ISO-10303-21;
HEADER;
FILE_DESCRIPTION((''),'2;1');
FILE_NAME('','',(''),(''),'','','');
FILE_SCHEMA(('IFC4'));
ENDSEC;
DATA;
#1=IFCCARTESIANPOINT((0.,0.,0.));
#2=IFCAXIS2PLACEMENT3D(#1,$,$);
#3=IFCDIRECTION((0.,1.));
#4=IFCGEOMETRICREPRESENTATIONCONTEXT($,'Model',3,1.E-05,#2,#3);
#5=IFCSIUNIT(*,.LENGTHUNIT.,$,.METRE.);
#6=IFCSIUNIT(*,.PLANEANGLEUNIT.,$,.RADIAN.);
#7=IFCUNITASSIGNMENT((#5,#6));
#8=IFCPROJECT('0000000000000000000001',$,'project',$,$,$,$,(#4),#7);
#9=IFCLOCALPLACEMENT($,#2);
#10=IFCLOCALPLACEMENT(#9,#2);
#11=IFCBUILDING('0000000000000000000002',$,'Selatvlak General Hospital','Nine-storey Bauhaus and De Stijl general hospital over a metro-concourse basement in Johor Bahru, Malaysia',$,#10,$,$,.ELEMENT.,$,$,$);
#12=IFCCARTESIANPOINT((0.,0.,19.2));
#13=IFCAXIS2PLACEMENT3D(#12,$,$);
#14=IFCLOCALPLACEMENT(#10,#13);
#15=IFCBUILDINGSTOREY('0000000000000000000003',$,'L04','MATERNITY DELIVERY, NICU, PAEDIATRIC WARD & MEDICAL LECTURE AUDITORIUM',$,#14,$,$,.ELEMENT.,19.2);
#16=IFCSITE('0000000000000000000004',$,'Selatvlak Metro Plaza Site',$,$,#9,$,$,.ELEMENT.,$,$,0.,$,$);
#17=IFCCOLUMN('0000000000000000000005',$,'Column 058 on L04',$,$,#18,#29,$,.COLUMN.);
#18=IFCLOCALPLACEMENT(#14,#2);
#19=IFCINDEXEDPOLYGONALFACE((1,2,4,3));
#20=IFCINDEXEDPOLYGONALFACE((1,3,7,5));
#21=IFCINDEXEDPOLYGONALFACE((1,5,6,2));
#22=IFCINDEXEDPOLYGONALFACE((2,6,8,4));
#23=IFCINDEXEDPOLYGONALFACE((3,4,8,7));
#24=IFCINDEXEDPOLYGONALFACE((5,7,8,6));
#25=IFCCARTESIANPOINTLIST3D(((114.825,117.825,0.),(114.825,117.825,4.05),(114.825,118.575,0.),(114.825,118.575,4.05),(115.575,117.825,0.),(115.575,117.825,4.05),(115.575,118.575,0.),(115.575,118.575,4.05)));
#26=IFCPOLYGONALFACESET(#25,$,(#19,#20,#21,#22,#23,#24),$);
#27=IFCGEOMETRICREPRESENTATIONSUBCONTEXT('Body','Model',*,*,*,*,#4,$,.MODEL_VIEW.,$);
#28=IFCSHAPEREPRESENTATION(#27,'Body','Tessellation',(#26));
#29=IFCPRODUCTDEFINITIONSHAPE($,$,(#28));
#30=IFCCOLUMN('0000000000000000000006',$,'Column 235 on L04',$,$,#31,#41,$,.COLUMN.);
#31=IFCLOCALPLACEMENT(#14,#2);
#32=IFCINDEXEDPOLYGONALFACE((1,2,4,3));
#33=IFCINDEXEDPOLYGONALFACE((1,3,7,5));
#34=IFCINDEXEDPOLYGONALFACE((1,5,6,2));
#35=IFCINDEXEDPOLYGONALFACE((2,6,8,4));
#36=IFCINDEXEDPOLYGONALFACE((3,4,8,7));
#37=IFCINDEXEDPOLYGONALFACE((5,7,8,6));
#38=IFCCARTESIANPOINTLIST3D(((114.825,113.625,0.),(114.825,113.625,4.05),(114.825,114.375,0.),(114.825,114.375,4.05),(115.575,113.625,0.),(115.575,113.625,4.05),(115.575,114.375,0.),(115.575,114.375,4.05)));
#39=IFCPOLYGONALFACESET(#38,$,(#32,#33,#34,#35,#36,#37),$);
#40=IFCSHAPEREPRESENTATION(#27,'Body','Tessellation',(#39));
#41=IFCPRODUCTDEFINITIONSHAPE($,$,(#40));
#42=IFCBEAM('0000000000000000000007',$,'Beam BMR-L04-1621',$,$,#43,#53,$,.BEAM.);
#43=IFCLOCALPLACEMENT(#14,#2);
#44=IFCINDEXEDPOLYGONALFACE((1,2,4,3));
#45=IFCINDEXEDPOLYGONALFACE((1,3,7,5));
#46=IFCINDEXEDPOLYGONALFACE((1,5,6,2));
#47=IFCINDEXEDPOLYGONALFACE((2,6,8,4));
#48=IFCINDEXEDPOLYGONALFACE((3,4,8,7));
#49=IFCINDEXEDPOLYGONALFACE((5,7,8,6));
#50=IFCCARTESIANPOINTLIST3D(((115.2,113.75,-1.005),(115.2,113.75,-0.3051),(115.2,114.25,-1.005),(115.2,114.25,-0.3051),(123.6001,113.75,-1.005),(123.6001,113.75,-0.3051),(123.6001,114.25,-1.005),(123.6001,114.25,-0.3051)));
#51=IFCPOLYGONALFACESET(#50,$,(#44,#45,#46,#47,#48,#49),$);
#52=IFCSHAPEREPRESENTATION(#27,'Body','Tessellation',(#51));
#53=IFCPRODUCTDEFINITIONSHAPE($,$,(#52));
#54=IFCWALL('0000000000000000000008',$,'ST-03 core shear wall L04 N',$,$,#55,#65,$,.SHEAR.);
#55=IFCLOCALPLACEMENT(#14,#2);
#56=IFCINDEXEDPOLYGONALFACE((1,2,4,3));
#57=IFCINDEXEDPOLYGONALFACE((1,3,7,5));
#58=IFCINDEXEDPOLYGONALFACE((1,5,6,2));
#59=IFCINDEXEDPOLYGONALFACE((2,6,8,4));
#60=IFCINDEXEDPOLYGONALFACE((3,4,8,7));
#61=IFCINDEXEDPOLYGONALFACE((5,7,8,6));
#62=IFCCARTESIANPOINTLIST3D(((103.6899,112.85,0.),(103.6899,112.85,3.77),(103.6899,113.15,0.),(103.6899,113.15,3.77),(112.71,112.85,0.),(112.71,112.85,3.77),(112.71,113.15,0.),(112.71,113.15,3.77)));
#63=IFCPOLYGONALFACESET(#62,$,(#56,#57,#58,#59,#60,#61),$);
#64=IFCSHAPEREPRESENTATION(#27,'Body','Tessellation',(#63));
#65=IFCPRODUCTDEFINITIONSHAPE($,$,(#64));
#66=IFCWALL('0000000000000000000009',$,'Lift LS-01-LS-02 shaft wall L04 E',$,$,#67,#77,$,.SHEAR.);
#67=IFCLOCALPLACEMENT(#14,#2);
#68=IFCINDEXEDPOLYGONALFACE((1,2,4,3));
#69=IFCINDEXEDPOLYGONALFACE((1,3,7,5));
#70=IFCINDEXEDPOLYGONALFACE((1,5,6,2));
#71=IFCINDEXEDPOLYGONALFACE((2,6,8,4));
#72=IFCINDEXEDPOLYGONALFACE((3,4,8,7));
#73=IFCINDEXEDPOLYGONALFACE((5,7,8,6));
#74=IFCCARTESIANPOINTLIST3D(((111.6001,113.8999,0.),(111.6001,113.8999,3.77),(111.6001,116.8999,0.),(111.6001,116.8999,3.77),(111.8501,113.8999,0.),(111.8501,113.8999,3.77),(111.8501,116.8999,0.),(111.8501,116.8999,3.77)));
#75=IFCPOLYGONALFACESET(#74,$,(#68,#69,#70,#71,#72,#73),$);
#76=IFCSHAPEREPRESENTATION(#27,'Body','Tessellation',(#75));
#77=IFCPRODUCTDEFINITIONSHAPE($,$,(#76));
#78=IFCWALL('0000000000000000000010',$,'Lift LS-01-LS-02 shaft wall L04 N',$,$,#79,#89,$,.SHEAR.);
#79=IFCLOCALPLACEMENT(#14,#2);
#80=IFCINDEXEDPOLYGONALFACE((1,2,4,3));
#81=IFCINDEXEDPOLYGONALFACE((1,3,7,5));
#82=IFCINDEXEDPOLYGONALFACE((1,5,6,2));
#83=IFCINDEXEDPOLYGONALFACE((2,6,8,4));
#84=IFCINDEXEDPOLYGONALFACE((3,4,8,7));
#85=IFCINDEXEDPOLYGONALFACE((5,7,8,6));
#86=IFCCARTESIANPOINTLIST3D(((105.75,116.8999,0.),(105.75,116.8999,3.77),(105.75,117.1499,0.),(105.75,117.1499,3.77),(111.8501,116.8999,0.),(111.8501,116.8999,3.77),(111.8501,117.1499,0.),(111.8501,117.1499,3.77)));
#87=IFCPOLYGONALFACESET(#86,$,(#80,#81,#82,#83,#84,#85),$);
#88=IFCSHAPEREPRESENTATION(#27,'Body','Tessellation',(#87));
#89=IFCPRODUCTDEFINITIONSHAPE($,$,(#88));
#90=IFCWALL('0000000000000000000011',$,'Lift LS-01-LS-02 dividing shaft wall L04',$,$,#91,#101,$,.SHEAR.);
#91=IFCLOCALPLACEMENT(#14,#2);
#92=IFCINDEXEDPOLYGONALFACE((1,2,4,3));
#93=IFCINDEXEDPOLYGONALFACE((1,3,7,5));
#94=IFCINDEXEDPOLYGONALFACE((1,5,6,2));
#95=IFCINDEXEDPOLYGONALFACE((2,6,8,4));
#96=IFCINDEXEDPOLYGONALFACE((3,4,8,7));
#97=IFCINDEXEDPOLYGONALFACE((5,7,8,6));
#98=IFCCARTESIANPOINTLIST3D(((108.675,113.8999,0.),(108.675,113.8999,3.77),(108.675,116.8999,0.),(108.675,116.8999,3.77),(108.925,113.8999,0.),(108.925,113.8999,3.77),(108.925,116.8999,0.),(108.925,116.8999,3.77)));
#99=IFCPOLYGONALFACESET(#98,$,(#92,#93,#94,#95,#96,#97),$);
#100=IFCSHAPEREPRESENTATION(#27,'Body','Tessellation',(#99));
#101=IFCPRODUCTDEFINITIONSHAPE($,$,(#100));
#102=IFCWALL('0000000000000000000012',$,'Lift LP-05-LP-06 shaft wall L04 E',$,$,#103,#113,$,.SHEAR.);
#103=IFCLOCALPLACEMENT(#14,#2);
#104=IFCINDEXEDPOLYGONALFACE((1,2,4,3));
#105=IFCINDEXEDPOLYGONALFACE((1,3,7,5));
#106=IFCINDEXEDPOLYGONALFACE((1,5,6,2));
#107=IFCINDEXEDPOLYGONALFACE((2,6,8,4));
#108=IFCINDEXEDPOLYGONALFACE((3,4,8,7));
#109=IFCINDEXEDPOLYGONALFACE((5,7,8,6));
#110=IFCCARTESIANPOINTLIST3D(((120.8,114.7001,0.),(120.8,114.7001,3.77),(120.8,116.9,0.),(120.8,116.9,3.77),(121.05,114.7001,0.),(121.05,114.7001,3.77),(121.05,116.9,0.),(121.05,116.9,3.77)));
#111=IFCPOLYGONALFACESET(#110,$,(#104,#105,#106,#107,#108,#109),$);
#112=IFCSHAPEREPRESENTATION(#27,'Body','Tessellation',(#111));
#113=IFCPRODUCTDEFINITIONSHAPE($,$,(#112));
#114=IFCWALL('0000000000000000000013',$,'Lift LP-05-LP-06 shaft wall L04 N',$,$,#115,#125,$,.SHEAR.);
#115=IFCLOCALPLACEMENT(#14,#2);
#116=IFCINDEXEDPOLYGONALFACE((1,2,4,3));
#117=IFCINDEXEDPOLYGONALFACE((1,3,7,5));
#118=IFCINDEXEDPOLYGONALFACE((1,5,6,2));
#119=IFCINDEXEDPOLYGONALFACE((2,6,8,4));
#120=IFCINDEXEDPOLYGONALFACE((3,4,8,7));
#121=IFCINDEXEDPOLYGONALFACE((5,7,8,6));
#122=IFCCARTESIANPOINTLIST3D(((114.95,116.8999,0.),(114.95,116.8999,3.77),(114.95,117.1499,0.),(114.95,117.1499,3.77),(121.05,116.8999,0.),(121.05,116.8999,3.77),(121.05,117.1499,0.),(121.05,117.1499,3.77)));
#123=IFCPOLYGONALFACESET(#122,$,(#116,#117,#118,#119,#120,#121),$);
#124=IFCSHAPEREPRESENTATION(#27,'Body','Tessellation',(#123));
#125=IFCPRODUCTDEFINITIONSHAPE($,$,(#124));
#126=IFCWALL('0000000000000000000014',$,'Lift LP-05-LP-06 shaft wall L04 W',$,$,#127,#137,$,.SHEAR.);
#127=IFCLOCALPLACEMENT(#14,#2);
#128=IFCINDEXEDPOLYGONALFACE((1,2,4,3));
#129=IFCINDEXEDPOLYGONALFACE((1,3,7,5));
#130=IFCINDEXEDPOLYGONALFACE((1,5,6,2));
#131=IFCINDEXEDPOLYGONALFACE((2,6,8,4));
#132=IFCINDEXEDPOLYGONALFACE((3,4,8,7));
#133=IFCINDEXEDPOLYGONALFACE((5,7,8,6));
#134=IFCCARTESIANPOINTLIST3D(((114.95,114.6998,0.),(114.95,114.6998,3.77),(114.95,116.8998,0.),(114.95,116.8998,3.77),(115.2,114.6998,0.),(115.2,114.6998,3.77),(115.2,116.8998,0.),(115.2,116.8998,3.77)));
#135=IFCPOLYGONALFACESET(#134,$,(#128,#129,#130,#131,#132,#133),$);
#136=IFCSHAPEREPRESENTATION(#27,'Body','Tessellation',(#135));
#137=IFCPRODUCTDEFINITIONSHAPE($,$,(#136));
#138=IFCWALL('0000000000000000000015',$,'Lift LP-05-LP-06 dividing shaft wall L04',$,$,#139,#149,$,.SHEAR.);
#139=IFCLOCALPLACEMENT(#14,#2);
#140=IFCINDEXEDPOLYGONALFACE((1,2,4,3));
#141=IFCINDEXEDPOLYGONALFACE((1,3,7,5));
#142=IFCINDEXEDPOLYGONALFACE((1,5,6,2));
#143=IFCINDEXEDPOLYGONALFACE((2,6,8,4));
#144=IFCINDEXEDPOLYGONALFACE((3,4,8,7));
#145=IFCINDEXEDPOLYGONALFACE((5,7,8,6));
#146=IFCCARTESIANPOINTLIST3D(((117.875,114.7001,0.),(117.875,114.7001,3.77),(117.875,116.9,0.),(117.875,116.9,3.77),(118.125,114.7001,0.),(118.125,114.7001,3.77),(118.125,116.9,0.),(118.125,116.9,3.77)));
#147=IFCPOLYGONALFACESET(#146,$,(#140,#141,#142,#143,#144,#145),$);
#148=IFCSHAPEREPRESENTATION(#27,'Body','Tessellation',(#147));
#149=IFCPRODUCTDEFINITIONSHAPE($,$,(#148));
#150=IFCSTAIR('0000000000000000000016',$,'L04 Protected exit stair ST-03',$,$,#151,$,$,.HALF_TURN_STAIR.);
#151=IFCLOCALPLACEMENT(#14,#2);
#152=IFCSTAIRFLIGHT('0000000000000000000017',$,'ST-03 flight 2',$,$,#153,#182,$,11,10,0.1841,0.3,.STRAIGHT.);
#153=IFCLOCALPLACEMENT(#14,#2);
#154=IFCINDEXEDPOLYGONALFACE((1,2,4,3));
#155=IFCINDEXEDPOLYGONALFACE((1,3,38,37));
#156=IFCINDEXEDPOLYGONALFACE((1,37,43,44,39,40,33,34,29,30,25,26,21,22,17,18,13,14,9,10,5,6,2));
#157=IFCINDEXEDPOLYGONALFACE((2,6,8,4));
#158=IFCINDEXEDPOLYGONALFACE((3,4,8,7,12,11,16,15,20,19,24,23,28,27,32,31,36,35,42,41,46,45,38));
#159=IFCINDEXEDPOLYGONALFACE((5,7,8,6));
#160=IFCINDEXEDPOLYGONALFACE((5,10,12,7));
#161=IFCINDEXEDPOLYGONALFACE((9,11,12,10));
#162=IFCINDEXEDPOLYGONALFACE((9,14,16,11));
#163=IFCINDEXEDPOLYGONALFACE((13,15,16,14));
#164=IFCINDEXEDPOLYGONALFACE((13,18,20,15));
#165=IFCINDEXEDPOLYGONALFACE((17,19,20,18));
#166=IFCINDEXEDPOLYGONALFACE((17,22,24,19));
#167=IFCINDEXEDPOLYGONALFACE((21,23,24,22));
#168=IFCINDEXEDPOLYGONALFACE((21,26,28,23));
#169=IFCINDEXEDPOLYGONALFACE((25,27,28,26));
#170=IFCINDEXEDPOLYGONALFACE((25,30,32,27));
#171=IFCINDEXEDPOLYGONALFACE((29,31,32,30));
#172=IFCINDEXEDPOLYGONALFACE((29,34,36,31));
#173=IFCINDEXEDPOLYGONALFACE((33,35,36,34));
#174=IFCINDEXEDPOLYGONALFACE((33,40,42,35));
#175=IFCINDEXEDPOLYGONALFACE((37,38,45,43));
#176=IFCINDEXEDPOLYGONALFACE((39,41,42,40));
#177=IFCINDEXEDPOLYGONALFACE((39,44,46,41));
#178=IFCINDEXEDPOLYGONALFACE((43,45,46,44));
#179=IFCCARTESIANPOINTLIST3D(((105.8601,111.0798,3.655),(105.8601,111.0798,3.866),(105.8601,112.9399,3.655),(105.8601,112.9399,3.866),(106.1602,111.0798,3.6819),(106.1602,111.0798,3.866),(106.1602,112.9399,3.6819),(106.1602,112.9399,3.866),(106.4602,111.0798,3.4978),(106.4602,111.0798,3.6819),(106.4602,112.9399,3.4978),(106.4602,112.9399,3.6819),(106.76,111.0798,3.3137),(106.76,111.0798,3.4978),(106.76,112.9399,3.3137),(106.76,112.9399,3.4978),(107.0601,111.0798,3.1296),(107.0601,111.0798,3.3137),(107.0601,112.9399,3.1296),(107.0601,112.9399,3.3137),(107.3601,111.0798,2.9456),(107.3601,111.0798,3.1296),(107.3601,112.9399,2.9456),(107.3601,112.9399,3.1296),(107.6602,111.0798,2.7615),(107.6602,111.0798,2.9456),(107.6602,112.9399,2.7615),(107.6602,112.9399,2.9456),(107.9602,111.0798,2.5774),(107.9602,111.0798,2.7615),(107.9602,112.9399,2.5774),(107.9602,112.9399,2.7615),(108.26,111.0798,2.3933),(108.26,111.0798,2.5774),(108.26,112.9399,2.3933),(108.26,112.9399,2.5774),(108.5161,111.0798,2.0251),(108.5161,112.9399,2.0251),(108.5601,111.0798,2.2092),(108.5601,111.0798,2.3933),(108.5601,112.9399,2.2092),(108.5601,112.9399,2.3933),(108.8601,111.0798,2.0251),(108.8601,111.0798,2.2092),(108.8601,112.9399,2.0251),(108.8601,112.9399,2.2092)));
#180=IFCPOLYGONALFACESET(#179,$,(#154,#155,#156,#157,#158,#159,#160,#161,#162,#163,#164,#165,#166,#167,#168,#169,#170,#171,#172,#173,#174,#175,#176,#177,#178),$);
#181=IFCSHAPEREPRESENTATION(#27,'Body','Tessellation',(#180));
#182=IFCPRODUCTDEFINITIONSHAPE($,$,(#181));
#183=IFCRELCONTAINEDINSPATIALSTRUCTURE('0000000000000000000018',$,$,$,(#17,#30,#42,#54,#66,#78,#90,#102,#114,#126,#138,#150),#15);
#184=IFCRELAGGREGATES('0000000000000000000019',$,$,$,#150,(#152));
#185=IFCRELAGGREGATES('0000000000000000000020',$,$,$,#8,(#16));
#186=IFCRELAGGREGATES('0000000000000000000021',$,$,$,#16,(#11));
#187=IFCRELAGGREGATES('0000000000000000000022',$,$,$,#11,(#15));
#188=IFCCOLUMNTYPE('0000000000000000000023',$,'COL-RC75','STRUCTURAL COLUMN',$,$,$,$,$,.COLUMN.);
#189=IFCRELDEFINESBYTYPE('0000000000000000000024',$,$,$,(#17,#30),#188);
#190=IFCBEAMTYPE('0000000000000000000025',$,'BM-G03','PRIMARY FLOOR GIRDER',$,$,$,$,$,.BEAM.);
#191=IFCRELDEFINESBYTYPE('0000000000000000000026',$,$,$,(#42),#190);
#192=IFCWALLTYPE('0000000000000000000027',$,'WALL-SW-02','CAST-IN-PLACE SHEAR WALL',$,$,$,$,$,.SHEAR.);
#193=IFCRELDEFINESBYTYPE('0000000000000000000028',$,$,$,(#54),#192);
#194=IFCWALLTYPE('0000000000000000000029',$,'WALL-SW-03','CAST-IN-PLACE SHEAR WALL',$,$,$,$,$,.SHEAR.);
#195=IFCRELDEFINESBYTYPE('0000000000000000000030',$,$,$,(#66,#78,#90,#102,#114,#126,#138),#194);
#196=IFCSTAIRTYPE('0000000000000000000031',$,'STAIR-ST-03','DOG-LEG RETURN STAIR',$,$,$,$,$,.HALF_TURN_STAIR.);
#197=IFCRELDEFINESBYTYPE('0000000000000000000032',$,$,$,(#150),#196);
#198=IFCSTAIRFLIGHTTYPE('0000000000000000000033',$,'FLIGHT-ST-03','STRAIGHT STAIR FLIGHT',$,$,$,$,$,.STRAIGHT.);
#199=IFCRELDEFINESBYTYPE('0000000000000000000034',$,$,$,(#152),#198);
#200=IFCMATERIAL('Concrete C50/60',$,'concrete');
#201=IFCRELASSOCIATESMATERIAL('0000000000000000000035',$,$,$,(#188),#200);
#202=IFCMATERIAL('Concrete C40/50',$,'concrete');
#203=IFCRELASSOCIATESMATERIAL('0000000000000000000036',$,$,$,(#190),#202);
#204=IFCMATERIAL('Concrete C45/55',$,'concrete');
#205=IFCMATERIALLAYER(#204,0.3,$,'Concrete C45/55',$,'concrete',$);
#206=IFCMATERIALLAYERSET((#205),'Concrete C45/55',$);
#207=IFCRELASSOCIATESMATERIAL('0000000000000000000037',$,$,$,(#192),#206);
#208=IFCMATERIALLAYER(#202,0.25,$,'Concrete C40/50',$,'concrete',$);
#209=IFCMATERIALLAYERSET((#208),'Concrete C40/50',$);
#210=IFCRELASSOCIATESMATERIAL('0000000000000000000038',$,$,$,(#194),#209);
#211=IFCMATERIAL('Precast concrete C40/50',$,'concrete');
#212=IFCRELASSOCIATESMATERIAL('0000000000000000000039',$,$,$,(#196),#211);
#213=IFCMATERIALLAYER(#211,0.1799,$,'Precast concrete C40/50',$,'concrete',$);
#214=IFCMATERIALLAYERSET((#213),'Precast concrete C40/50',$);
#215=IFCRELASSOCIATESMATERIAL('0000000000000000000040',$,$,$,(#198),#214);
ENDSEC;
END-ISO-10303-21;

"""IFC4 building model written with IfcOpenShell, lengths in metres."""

from ifc_helpers import new_model, si_unit, direction, frame, frame_2d, origin, origin_2d, place, context, subcontext, project, spatial, polyline, rectangle, outline, extrude, material, layer, layer_set, material_profile, profile_set, type_object, element, aggregate, save


model = new_model("IFC4")

# Units and contexts
model_context = context("Model", 3, precision=1e-05, world=origin(), true_north=direction((0.0, 1.0)))
body_context = subcontext(model_context, "Body", "Model", "MODEL_VIEW")
ifc_project = project(units=[si_unit("LENGTHUNIT", "METRE"), si_unit("PLANEANGLEUNIT", "RADIAN")], contexts=[model_context])

# Site, building, storey
site_placement = place(None, origin())
site = spatial("IfcSite", under=ifc_project, at=site_placement, Name="Selatvlak Metro Plaza Site", CompositionType="ELEMENT", RefElevation=0.0)
building_placement = place(site_placement, origin())
building = spatial("IfcBuilding", under=site, at=building_placement, Name="Selatvlak General Hospital", Description="Nine-storey Bauhaus and De Stijl general hospital over a metro-concourse basement in Johor Bahru, Malaysia", CompositionType="ELEMENT")
storey_placement = place(building_placement, frame((0.0, 0.0, 19.2)))
storey = spatial("IfcBuildingStorey", under=building, at=storey_placement, Name="L04", Description="MATERNITY DELIVERY, NICU, PAEDIATRIC WARD & MEDICAL LECTURE AUDITORIUM", CompositionType="ELEMENT", Elevation=19.2)

# Columns
ifc_material_1 = material(Name="Concrete C50/60", Category="concrete")
ifc_material_profile_1 = material_profile(ifc_material_1, rectangle(XDim=0.75, YDim=0.75, at=origin_2d()), Name="RC-COL 750x750")
ifc_profile_set_1 = profile_set([ifc_material_profile_1], Name="Concrete C50/60")
column_type = type_object("IfcColumnType", Name="COL-RC75", Description="STRUCTURAL COLUMN", PredefinedType="COLUMN", material=ifc_profile_set_1)
for number, where, z_axis, x_axis, name in (
    (1, (115.2, 118.2, 0.0), (0.0, 0.0, 1.0), (1.0, 0.0, 0.0), "Column 058 on L04"),
    (2, (115.2, 114.0, 0.0), (0.0, 0.0, 1.0), (1.0, 0.0, 0.0), "Column 235 on L04"),
):
    element("IfcColumn", number, at=place(storey_placement, frame(where, z_axis=z_axis, x_axis=x_axis)), inside=storey, type_object=column_type, Name=name, PredefinedType="COLUMN", context=body_context, shape_type="SweptSolid", body=[
        extrude(rectangle(XDim=0.75, YDim=0.75, at=origin_2d()), origin(), (0.0, 0.0, 1.0), 4.05),
    ])

# Beam
ifc_material_2 = material(Name="Concrete C40/50", Category="concrete")
ifc_material_profile_2 = material_profile(ifc_material_2, rectangle(XDim=0.5, YDim=0.7, at=origin_2d()), Name="RC-BM 500x700")
ifc_profile_set_2 = profile_set([ifc_material_profile_2], Name="Concrete C40/50")
beam_type = type_object("IfcBeamType", Name="BM-G03", Description="PRIMARY FLOOR GIRDER", PredefinedType="BEAM", material=ifc_profile_set_2)
beam_placement = place(storey_placement, frame((115.2, 114.0, -0.655), z_axis=(1.0, 0.0, 0.0), x_axis=(0.0, 1.0, 0.0)))
element("IfcBeam", 3, at=beam_placement, inside=storey, type_object=beam_type, Name="Beam BMR-L04-1621", PredefinedType="BEAM", context=body_context, shape_type="SweptSolid", body=[
    extrude(rectangle(XDim=0.5, YDim=0.7, at=origin_2d()), origin(), (0.0, 0.0, 1.0), 8.4001),
])

# Walls
ifc_material_3 = material(Name="Concrete C45/55", Category="concrete")
ifc_layer_1 = layer(ifc_material_3, 0.3, Name="Concrete C45/55", Category="concrete")
ifc_layer_set_1 = layer_set([ifc_layer_1], Name="Concrete C45/55")
wall_type_1 = type_object("IfcWallType", Name="WALL-SW-02", Description="CAST-IN-PLACE SHEAR WALL", PredefinedType="SHEAR", material=ifc_layer_set_1)
wall_1_placement = place(storey_placement, frame((112.71, 113.0, 0.0), z_axis=(0.0, 0.0, 1.0), x_axis=(-1.0, 0.0, 0.0)))
element("IfcWall", 4, at=wall_1_placement, inside=storey, type_object=wall_type_1, Name="ST-03 core shear wall L04 N", PredefinedType="SHEAR", context=body_context, shape_type="SweptSolid", body=[
    extrude(rectangle(XDim=9.02, YDim=0.3, at=frame_2d((4.51, 0.0))), origin(), (0.0, 0.0, 1.0), 3.77),
])
ifc_layer_2 = layer(ifc_material_2, 0.25, Name="Concrete C40/50", Category="concrete")
ifc_layer_set_2 = layer_set([ifc_layer_2], Name="Concrete C40/50")
wall_type_2 = type_object("IfcWallType", Name="WALL-SW-03", Description="CAST-IN-PLACE SHEAR WALL", PredefinedType="SHEAR", material=ifc_layer_set_2)
wall_2_placement = place(storey_placement, frame((111.7251, 113.8999, 0.0), z_axis=(0.0, 0.0, 1.0), x_axis=(0.0, 1.0, 0.0)))
element("IfcWall", 5, at=wall_2_placement, inside=storey, type_object=wall_type_2, Name="Lift LS-01-LS-02 shaft wall L04 E", PredefinedType="SHEAR", context=body_context, shape_type="SweptSolid", body=[
    extrude(rectangle(XDim=3.0, YDim=0.25, at=frame_2d((1.5, 0.0))), origin(), (0.0, 0.0, 1.0), 3.77),
])
wall_3_placement = place(storey_placement, frame((111.8501, 117.0249, 0.0), z_axis=(0.0, 0.0, 1.0), x_axis=(-1.0, 0.0, 0.0)))
element("IfcWall", 6, at=wall_3_placement, inside=storey, type_object=wall_type_2, Name="Lift LS-01-LS-02 shaft wall L04 N", PredefinedType="SHEAR", context=body_context, shape_type="SweptSolid", body=[
    extrude(rectangle(XDim=6.1001, YDim=0.25, at=frame_2d((3.05, 0.0))), origin(), (0.0, 0.0, 1.0), 3.77),
])
wall_4_placement = place(storey_placement, frame((108.8, 113.8999, 0.0), z_axis=(0.0, 0.0, 1.0), x_axis=(0.0, 1.0, 0.0)))
element("IfcWall", 7, at=wall_4_placement, inside=storey, type_object=wall_type_2, Name="Lift LS-01-LS-02 dividing shaft wall L04", PredefinedType="SHEAR", context=body_context, shape_type="SweptSolid", body=[
    extrude(rectangle(XDim=3.0, YDim=0.25, at=frame_2d((1.5, 0.0))), origin(), (0.0, 0.0, 1.0), 3.77),
])

# Walls
wall_5_placement = place(storey_placement, frame((120.925, 114.7, 0.0), z_axis=(0.0, 0.0, 1.0), x_axis=(0.0, 1.0, 0.0)))
element("IfcWall", 8, at=wall_5_placement, inside=storey, type_object=wall_type_2, Name="Lift LP-05-LP-06 shaft wall L04 E", PredefinedType="SHEAR", context=body_context, shape_type="SweptSolid", body=[
    extrude(rectangle(XDim=2.2, YDim=0.25, at=frame_2d((1.1001, 0.0))), origin(), (0.0, 0.0, 1.0), 3.77),
])
wall_6_placement = place(storey_placement, frame((121.05, 117.0249, 0.0), z_axis=(0.0, 0.0, 1.0), x_axis=(-1.0, 0.0, 0.0)))
element("IfcWall", 9, at=wall_6_placement, inside=storey, type_object=wall_type_2, Name="Lift LP-05-LP-06 shaft wall L04 N", PredefinedType="SHEAR", context=body_context, shape_type="SweptSolid", body=[
    extrude(rectangle(XDim=6.1001, YDim=0.25, at=frame_2d((3.05, 0.0))), origin(), (0.0, 0.0, 1.0), 3.77),
])
for number, where, z_axis, x_axis, name in (
    (10, (115.075, 116.8999, 0.0), (0.0, 0.0, 1.0), (0.0, -1.0, 0.0), "Lift LP-05-LP-06 shaft wall L04 W"),
    (11, (118.0, 114.7, 0.0), (0.0, 0.0, 1.0), (0.0, 1.0, 0.0), "Lift LP-05-LP-06 dividing shaft wall L04"),
):
    element("IfcWall", number, at=place(storey_placement, frame(where, z_axis=z_axis, x_axis=x_axis)), inside=storey, type_object=wall_type_2, Name=name, PredefinedType="SHEAR", context=body_context, shape_type="SweptSolid", body=[
        extrude(rectangle(XDim=2.2, YDim=0.25, at=frame_2d((1.1001, 0.0))), origin(), (0.0, 0.0, 1.0), 3.77),
    ])

# Stair, stair flight
ifc_material_4 = material(Name="Precast concrete C40/50", Category="concrete")
stair_type = type_object("IfcStairType", Name="STAIR-ST-03", Description="DOG-LEG RETURN STAIR", PredefinedType="HALF_TURN_STAIR", material=ifc_material_4)
stair_placement = place(storey_placement, origin())
stair = element("IfcStair", 12, at=stair_placement, inside=storey, type_object=stair_type, Name="L04 Protected exit stair ST-03", PredefinedType="HALF_TURN_STAIR")
ifc_layer_3 = layer(ifc_material_4, 0.1799, Name="Precast concrete C40/50", Category="concrete")
ifc_layer_set_3 = layer_set([ifc_layer_3], Name="Precast concrete C40/50")
stair_flight_type = type_object("IfcStairFlightType", Name="FLIGHT-ST-03", Description="STRAIGHT STAIR FLIGHT", PredefinedType="STRAIGHT", material=ifc_layer_set_3)
stair_flight_placement = place(storey_placement, frame((108.8601, 112.01, 2.0251), z_axis=(0.0, 0.0, 1.0), x_axis=(-1.0, 0.0, 0.0)))
stair_flight = element("IfcStairFlight", 13, at=stair_flight_placement, type_object=stair_flight_type, Name="ST-03 flight 2", NumberOfRisers=11, NumberOfTreads=10, PredefinedType="STRAIGHT", RiserHeight=0.1841, TreadLength=0.3, context=body_context, shape_type="SweptSolid", body=[
    extrude(outline(polyline([(0.0, 0.0), (0.0, 0.1841), (0.3, 0.1841), (0.3, 0.3682), (0.6001, 0.3682), (0.6001, 0.5522), (0.8999, 0.5522), (0.8999, 0.7363), (1.2, 0.7363), (1.2, 0.9204), (1.5, 0.9204), (1.5, 1.1045), (1.8, 1.1045), (1.8, 1.2886), (2.1001, 1.2886), (2.1001, 1.4727), (2.3999, 1.4727), (2.3999, 1.6567), (2.7, 1.6567), (2.7, 1.8408), (3.0, 1.8408), (3.0, 2.0249), (3.0, 1.6299), (0.344, 0.0), (0.0, 0.0)])), frame((0.0, 0.9302, 0.0), z_axis=(0.0, -1.0, 0.0), x_axis=(1.0, 0.0, 0.0)), (0.0, 0.0, 1.0), 1.8601),
])
aggregate(stair, [stair_flight])

save(model, "model.ifc")
